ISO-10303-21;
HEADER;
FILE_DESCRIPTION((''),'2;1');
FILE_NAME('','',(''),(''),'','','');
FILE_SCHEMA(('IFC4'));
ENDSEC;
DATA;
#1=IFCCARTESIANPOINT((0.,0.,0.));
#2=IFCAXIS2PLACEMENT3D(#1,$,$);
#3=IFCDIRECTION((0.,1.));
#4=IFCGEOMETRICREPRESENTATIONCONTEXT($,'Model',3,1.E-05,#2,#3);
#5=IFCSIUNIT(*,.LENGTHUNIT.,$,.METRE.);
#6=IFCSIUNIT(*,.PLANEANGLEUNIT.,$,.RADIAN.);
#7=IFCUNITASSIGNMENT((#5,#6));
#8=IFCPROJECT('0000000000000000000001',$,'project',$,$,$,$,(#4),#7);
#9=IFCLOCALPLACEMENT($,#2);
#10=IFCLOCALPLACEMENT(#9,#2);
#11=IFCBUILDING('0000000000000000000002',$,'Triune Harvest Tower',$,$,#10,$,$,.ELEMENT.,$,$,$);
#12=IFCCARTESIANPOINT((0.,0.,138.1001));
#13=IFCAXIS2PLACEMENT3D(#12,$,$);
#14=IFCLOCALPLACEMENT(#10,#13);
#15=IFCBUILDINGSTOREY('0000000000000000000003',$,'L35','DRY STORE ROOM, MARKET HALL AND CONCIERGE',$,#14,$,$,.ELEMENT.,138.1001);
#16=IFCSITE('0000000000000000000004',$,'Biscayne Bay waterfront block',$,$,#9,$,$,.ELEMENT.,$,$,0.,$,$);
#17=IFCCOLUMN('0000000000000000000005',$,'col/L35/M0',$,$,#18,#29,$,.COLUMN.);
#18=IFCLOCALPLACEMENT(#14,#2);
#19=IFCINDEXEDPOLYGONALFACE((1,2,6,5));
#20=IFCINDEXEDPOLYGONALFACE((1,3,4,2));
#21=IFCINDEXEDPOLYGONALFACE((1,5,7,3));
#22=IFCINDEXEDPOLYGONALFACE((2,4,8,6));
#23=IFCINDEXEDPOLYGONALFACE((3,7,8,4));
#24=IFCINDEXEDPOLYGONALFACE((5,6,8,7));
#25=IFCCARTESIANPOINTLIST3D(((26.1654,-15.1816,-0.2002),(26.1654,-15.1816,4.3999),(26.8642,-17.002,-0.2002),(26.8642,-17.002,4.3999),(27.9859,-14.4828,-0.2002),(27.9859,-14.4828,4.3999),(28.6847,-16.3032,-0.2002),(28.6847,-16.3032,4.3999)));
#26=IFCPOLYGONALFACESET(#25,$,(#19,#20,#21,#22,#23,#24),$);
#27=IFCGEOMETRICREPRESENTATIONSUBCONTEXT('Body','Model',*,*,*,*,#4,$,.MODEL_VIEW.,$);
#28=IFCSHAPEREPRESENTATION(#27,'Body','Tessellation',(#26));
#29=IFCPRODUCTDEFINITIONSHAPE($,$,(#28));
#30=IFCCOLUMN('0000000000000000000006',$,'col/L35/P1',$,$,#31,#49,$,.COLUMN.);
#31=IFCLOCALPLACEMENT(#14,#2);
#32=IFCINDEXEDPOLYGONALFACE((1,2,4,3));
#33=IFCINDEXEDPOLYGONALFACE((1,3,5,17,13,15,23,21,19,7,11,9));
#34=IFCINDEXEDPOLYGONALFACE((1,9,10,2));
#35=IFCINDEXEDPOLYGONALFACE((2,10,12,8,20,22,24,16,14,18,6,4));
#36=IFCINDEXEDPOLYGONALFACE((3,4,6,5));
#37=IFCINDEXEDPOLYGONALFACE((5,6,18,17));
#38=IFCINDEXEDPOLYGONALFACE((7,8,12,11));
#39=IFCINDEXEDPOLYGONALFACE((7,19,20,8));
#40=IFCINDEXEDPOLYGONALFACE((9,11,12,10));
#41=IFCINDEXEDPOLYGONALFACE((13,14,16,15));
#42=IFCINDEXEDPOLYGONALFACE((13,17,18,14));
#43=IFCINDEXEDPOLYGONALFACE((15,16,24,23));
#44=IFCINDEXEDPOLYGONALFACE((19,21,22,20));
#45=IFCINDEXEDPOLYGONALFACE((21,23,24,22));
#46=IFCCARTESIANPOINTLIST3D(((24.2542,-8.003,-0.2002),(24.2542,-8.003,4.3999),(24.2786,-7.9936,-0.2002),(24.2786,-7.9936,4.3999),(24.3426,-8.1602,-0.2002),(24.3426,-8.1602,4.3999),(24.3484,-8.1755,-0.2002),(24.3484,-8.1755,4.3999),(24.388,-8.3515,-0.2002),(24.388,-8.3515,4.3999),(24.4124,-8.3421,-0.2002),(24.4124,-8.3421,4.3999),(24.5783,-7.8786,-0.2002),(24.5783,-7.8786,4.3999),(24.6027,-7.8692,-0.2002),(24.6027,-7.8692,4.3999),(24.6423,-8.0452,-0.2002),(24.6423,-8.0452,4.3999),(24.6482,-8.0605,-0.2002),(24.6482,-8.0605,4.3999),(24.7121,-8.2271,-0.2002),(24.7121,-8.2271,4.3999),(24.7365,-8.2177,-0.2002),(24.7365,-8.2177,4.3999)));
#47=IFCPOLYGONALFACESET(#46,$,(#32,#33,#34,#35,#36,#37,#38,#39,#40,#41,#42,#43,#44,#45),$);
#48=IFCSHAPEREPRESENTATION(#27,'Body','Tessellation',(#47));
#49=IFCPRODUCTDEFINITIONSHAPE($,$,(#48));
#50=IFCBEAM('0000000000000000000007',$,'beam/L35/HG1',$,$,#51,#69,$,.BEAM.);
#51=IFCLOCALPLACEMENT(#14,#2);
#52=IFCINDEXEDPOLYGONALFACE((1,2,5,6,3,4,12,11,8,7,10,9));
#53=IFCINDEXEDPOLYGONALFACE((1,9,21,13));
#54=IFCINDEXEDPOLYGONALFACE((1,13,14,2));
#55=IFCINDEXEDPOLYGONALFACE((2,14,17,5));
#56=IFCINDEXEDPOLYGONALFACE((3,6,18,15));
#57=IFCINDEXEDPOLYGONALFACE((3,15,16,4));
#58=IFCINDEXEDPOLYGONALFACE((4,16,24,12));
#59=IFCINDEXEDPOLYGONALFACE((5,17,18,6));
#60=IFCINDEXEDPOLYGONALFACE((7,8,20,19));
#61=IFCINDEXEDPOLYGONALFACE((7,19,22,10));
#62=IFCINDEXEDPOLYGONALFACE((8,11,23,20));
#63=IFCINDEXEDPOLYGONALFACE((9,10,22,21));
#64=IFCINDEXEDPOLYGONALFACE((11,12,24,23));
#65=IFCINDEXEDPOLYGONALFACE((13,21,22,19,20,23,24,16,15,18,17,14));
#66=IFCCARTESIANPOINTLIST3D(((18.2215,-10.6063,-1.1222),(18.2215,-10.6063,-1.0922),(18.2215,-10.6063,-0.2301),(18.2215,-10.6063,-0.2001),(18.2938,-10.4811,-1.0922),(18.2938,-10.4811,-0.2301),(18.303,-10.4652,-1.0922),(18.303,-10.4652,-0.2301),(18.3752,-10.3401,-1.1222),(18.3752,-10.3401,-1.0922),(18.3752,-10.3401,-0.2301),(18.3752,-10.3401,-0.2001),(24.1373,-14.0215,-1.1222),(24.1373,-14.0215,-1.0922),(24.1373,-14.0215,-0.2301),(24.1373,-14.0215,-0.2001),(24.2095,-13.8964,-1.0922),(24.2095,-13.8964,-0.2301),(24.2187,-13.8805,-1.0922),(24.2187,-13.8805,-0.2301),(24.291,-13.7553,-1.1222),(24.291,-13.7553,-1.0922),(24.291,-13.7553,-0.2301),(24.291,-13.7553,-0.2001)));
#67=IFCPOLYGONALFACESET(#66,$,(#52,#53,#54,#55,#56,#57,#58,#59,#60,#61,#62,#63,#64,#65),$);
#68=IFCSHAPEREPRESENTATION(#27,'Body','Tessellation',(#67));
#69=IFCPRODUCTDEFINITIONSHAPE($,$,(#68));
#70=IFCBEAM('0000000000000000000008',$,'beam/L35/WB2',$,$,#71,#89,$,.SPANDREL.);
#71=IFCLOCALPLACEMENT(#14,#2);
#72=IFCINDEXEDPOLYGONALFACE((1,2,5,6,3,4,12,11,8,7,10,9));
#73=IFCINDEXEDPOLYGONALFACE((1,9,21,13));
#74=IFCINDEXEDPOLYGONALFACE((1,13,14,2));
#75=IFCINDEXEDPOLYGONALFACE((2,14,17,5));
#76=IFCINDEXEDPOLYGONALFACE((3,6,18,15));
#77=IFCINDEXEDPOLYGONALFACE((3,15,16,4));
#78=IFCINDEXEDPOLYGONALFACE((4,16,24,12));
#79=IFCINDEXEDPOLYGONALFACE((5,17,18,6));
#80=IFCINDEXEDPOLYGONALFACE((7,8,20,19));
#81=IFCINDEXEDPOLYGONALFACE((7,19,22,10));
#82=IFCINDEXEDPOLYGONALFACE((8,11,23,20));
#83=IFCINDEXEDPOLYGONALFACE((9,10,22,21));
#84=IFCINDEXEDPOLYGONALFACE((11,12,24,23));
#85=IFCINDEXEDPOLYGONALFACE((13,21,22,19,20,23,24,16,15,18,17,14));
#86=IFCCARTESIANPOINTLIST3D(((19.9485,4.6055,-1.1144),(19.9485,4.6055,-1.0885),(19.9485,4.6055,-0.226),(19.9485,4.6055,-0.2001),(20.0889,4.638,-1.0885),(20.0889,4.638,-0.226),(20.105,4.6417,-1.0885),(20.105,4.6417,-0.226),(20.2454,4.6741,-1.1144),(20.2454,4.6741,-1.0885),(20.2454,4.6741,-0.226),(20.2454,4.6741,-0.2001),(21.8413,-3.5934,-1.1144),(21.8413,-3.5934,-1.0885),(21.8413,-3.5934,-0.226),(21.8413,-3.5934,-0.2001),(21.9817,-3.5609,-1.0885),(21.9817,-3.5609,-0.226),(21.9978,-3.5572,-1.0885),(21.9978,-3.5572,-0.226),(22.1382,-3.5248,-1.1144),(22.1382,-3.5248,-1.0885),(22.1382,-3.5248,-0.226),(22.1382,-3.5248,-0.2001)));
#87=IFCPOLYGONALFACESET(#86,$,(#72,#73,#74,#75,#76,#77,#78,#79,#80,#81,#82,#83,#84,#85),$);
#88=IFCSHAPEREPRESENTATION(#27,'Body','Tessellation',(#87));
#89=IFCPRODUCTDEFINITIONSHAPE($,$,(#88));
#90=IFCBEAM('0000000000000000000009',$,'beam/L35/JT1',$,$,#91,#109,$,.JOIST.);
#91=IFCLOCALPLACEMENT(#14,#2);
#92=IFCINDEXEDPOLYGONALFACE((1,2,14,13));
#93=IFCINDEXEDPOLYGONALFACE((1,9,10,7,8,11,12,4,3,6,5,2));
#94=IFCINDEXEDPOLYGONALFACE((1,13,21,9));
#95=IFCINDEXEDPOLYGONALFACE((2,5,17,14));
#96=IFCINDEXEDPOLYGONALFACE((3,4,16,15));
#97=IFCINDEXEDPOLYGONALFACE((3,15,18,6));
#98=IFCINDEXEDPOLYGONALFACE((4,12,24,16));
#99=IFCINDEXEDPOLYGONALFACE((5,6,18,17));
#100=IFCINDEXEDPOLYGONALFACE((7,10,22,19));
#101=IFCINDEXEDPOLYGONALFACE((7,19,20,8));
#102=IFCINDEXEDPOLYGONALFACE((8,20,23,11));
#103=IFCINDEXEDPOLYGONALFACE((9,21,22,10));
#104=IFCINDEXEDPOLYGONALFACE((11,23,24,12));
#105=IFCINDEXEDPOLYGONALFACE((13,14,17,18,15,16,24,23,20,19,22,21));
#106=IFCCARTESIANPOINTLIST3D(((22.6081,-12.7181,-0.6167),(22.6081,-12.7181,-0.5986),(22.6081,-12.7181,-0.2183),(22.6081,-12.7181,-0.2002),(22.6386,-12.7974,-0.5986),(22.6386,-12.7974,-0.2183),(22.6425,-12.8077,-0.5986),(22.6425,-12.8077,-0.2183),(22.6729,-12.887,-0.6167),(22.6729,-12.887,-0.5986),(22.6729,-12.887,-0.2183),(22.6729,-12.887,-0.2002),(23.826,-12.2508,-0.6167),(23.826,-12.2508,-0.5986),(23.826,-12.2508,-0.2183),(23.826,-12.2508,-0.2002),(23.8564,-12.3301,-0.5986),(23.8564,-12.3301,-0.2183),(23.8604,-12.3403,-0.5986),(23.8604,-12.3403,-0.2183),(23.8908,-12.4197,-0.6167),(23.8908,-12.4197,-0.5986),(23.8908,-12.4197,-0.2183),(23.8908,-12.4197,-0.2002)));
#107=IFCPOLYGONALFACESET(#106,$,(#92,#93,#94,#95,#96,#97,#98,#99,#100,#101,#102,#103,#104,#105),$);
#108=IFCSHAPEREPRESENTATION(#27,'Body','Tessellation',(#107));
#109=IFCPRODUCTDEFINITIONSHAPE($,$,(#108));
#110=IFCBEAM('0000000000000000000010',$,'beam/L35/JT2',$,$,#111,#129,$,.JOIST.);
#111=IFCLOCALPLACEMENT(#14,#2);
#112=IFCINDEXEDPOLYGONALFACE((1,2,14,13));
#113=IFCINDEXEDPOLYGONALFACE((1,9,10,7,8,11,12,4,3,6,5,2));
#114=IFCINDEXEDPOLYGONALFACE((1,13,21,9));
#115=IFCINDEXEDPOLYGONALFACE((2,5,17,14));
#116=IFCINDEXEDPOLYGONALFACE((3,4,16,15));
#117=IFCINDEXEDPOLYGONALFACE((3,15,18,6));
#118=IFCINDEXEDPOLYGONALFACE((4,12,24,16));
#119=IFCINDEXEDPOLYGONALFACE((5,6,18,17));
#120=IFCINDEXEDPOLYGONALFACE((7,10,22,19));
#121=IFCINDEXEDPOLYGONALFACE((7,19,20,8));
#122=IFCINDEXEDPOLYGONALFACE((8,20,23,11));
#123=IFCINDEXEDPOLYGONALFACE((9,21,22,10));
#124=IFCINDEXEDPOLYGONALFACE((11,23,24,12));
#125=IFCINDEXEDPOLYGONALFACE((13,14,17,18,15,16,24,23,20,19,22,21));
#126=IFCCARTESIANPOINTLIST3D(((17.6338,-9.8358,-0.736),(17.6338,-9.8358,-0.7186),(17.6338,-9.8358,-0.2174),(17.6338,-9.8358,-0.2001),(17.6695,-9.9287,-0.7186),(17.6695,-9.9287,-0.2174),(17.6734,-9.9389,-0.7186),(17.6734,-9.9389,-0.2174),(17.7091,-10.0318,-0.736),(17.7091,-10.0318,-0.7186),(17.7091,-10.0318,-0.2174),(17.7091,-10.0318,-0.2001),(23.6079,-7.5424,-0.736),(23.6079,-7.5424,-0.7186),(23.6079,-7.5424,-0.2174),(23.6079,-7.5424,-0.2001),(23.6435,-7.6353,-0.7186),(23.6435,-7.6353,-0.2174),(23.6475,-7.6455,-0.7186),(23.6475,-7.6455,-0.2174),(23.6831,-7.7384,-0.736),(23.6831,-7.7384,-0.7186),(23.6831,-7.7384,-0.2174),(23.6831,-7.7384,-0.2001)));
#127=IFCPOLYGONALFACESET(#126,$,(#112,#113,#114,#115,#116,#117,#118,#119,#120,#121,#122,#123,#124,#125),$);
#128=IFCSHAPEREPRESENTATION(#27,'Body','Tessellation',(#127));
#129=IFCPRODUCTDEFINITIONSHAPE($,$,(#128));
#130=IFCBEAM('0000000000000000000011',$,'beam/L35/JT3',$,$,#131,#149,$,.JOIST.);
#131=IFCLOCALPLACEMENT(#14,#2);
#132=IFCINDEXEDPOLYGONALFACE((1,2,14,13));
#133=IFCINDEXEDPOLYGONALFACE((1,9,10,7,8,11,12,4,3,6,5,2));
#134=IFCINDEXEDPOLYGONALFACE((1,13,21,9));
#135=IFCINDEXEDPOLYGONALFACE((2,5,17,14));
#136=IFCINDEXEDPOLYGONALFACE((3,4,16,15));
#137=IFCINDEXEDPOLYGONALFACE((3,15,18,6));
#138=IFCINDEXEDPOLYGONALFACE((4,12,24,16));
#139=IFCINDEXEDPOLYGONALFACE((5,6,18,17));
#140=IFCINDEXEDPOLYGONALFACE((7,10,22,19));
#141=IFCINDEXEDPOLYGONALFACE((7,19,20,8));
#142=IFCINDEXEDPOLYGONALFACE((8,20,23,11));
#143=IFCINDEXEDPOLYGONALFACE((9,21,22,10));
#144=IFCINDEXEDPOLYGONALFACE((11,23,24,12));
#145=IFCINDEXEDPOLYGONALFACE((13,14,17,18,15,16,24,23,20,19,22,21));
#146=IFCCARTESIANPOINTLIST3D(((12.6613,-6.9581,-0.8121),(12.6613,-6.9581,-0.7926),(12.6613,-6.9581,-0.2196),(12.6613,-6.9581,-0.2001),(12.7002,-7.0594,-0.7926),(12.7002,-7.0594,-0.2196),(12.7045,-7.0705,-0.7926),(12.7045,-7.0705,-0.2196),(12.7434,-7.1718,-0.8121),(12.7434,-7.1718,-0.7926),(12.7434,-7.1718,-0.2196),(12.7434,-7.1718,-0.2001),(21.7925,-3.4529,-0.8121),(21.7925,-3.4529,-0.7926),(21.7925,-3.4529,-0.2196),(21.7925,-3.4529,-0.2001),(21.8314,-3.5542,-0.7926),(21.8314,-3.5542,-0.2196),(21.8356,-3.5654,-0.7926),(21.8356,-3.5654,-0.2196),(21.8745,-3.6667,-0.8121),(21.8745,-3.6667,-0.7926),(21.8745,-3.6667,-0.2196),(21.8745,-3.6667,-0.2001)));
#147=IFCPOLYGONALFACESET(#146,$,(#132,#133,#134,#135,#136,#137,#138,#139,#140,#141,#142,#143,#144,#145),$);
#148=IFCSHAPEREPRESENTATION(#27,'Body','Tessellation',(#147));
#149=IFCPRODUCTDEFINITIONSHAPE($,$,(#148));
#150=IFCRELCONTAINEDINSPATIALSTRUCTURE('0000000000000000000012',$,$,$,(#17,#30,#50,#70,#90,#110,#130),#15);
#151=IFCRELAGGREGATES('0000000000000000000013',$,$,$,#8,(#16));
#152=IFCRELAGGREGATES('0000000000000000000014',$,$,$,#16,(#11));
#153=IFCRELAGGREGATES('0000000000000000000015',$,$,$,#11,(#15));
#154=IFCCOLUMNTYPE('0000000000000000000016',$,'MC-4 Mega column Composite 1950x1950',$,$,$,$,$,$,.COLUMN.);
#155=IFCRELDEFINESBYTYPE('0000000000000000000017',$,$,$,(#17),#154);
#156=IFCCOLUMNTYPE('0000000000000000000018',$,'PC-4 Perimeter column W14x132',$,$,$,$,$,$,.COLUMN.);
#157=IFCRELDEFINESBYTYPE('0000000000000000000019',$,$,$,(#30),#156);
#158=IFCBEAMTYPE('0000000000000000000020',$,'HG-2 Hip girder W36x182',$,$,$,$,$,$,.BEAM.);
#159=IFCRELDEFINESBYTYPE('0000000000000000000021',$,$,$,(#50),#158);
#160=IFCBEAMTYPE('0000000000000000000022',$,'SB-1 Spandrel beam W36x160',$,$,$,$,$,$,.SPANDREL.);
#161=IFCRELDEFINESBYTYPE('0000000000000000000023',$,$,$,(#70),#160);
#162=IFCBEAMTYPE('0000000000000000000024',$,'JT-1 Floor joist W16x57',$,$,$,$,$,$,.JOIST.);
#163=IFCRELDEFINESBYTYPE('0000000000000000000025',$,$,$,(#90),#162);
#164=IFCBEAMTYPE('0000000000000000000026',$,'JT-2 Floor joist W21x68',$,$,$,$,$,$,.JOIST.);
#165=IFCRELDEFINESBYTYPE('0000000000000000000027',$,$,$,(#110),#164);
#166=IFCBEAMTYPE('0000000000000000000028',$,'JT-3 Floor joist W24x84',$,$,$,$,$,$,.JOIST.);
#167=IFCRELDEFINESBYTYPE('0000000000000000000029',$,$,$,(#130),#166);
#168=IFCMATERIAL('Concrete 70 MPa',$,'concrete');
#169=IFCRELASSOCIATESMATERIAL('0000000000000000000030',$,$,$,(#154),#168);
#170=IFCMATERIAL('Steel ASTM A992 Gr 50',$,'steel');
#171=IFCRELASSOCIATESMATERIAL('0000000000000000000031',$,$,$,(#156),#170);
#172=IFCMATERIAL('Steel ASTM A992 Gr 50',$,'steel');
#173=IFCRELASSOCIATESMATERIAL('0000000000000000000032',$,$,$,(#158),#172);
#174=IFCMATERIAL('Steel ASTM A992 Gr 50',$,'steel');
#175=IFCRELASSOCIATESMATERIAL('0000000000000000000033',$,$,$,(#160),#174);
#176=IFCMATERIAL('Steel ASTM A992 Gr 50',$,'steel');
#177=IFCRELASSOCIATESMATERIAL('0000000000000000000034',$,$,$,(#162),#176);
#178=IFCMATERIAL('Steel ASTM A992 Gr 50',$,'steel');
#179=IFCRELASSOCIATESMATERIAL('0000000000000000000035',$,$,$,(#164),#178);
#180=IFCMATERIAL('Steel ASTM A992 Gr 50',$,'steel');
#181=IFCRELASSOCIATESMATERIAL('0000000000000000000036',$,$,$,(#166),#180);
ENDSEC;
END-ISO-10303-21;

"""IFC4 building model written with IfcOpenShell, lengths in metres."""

from ifc_helpers import new_model, si_unit, direction, frame, origin, origin_2d, place, context, subcontext, project, spatial, rectangle, i_section, extrude, source, transform, mapped, material, material_profile, profile_set, type_object, element, save


model = new_model("IFC4")

# Units and contexts
model_context = context("Model", 3, precision=1e-05, world=origin(), true_north=direction((0.0, 1.0)))
body_context = subcontext(model_context, "Body", "Model", "MODEL_VIEW")
ifc_project = project(units=[si_unit("LENGTHUNIT", "METRE"), si_unit("PLANEANGLEUNIT", "RADIAN")], contexts=[model_context])

# Site, building, storey
site_placement = place(None, origin())
site = spatial("IfcSite", under=ifc_project, at=site_placement, Name="Biscayne Bay waterfront block", CompositionType="ELEMENT", RefElevation=0.0)
building_placement = place(site_placement, origin())
building = spatial("IfcBuilding", under=site, at=building_placement, Name="Triune Harvest Tower", CompositionType="ELEMENT")
storey_placement = place(building_placement, frame((0.0, 0.0, 138.1001)))
storey = spatial("IfcBuildingStorey", under=building, at=storey_placement, Name="L35", Description="DRY STORE ROOM, MARKET HALL AND CONCIERGE", CompositionType="ELEMENT", Elevation=138.1001)

# Columns
ifc_material_1 = material(Name="Concrete 70 MPa", Category="concrete")
ifc_material_profile_1 = material_profile(ifc_material_1, rectangle(XDim=1.95, YDim=1.95, at=origin_2d()), Name="Composite 1950x1950")
ifc_profile_set_1 = profile_set([ifc_material_profile_1], Name="Concrete 70 MPa")
column_type_1 = type_object("IfcColumnType", Name="MC-4 Mega column Composite 1950x1950", PredefinedType="COLUMN", material=ifc_profile_set_1)
shared_shape_1 = source(origin(), body_context, "Body", "SweptSolid", [
    extrude(rectangle(XDim=1.95, YDim=1.95, at=origin_2d()), origin(), (0.0, 0.0, 1.0), 4.6001),
])
column_1_placement = place(storey_placement, frame((27.425, -15.7424, -0.2002), z_axis=(0.0, 0.0, 1.0), x_axis=(-0.358368, 0.93358, 0.0)))
element("IfcColumn", 1, at=column_1_placement, inside=storey, type_object=column_type_1, Name="col/L35/M0", PredefinedType="COLUMN", context=body_context, shape_type="MappedRepresentation", body=[
    mapped(shared_shape_1, transform((0.0, 0.0, 0.0), scale=1.0)),
])
ifc_material_2 = material(Name="Steel ASTM A992 Gr 50", Category="steel")
ifc_material_profile_2 = material_profile(ifc_material_2, i_section(OverallWidth=0.3733, OverallDepth=0.3733, WebThickness=0.0164, FlangeThickness=0.0261, at=origin_2d()), Name="W14x132")
ifc_profile_set_2 = profile_set([ifc_material_profile_2], Name="Steel ASTM A992 Gr 50")
column_type_2 = type_object("IfcColumnType", Name="PC-4 Perimeter column W14x132", PredefinedType="COLUMN", material=ifc_profile_set_2)
shared_shape_2 = source(origin(), body_context, "Body", "SweptSolid", [
    extrude(i_section(OverallWidth=0.3733, OverallDepth=0.3733, WebThickness=0.0164, FlangeThickness=0.0261, at=origin_2d()), origin(), (0.0, 0.0, 1.0), 4.6001),
])
column_2_placement = place(storey_placement, frame((24.4954, -8.1104, -0.2002), z_axis=(0.0, 0.0, 1.0), x_axis=(-0.358368, 0.93358, 0.0)))
element("IfcColumn", 2, at=column_2_placement, inside=storey, type_object=column_type_2, Name="col/L35/P1", PredefinedType="COLUMN", context=body_context, shape_type="MappedRepresentation", body=[
    mapped(shared_shape_2, transform((0.0, 0.0, 0.0), scale=1.0)),
])

# Beams
ifc_material_3 = material(Name="Steel ASTM A992 Gr 50", Category="steel")
ifc_material_profile_3 = material_profile(ifc_material_3, i_section(OverallWidth=0.3074, OverallDepth=0.9221, WebThickness=0.0183, FlangeThickness=0.03, at=origin_2d()), Name="W36x182")
ifc_profile_set_3 = profile_set([ifc_material_profile_3], Name="Steel ASTM A992 Gr 50")
beam_type_1 = type_object("IfcBeamType", Name="HG-2 Hip girder W36x182", PredefinedType="BEAM", material=ifc_profile_set_3)
beam_1_placement = place(storey_placement, frame((24.2141, -13.8884, -0.6611), z_axis=(-0.866037, 0.499979, 0.0), x_axis=(-0.499979, -0.866037, 0.0)))
element("IfcBeam", 3, at=beam_1_placement, inside=storey, type_object=beam_type_1, Name="beam/L35/HG1", PredefinedType="BEAM", context=body_context, shape_type="SweptSolid", body=[
    extrude(i_section(OverallWidth=0.3074, OverallDepth=0.9221, WebThickness=0.0183, FlangeThickness=0.03, at=origin_2d()), origin(), (0.0, 0.0, 1.0), 6.8308),
])
ifc_material_4 = material(Name="Steel ASTM A992 Gr 50", Category="steel")
ifc_material_profile_4 = material_profile(ifc_material_4, i_section(OverallWidth=0.3047, OverallDepth=0.9143, WebThickness=0.0166, FlangeThickness=0.0259, at=origin_2d()), Name="W36x160")
ifc_profile_set_4 = profile_set([ifc_material_profile_4], Name="Steel ASTM A992 Gr 50")
beam_type_2 = type_object("IfcBeamType", Name="SB-1 Spandrel beam W36x160", PredefinedType="SPANDREL", material=ifc_profile_set_4)
shared_shape_3 = source(origin(), body_context, "Body", "SweptSolid", [
    extrude(i_section(OverallWidth=0.3047, OverallDepth=0.9143, WebThickness=0.0166, FlangeThickness=0.0259, at=origin_2d()), origin(), (0.0, 0.0, 1.0), 8.4146),
])
beam_2_placement = place(storey_placement, frame((21.9897, -3.5591, -0.6572), z_axis=(-0.224944, 0.974372, 0.0), x_axis=(-0.974372, -0.224944, 0.0)))
element("IfcBeam", 4, at=beam_2_placement, inside=storey, type_object=beam_type_2, Name="beam/L35/WB2", PredefinedType="SPANDREL", context=body_context, shape_type="MappedRepresentation", body=[
    mapped(shared_shape_3, transform((0.0, 0.0, 0.0), scale=1.0)),
])
ifc_material_5 = material(Name="Steel ASTM A992 Gr 50", Category="steel")
ifc_material_profile_5 = material_profile(ifc_material_5, i_section(OverallWidth=0.1809, OverallDepth=0.4165, WebThickness=0.011, FlangeThickness=0.0181, at=origin_2d()), Name="W16x57")
ifc_profile_set_5 = profile_set([ifc_material_profile_5], Name="Steel ASTM A992 Gr 50")
beam_type_3 = type_object("IfcBeamType", Name="JT-1 Floor joist W16x57", PredefinedType="JOIST", material=ifc_profile_set_5)
shared_shape_4 = source(origin(), body_context, "Body", "SweptSolid", [
    extrude(i_section(OverallWidth=0.1809, OverallDepth=0.4165, WebThickness=0.011, FlangeThickness=0.0181, at=origin_2d()), origin(), (0.0, 0.0, 1.0), 1.3044),
])
beam_3_placement = place(storey_placement, frame((23.8584, -12.3352, -0.4084), z_axis=(-0.933625, -0.358251, 0.0), x_axis=(0.358251, -0.933625, 0.0)))
element("IfcBeam", 5, at=beam_3_placement, inside=storey, type_object=beam_type_3, Name="beam/L35/JT1", PredefinedType="JOIST", context=body_context, shape_type="MappedRepresentation", body=[
    mapped(shared_shape_4, transform((0.0, 0.0, 0.0), scale=1.0)),
])
ifc_material_6 = material(Name="Steel ASTM A992 Gr 50", Category="steel")
ifc_material_profile_6 = material_profile(ifc_material_6, i_section(OverallWidth=0.21, OverallDepth=0.5359, WebThickness=0.011, FlangeThickness=0.0173, at=origin_2d()), Name="W21x68")
ifc_profile_set_6 = profile_set([ifc_material_profile_6], Name="Steel ASTM A992 Gr 50")
beam_type_4 = type_object("IfcBeamType", Name="JT-2 Floor joist W21x68", PredefinedType="JOIST", material=ifc_profile_set_6)
shared_shape_5 = source(origin(), body_context, "Body", "SweptSolid", [
    extrude(i_section(OverallWidth=0.21, OverallDepth=0.5359, WebThickness=0.011, FlangeThickness=0.0173, at=origin_2d()), origin(), (0.0, 0.0, 1.0), 6.3992),
])
beam_4_placement = place(storey_placement, frame((23.6455, -7.6404, -0.468), z_axis=(-0.93357, -0.358396, 0.0), x_axis=(0.358396, -0.93357, 0.0)))
element("IfcBeam", 6, at=beam_4_placement, inside=storey, type_object=beam_type_4, Name="beam/L35/JT2", PredefinedType="JOIST", context=body_context, shape_type="MappedRepresentation", body=[
    mapped(shared_shape_5, transform((0.0, 0.0, 0.0), scale=1.0)),
])
ifc_material_7 = material(Name="Steel ASTM A992 Gr 50", Category="steel")
ifc_material_profile_7 = material_profile(ifc_material_7, i_section(OverallWidth=0.229, OverallDepth=0.6121, WebThickness=0.012, FlangeThickness=0.0195, at=origin_2d()), Name="W24x84")
ifc_profile_set_7 = profile_set([ifc_material_profile_7], Name="Steel ASTM A992 Gr 50")
beam_type_5 = type_object("IfcBeamType", Name="JT-3 Floor joist W24x84", PredefinedType="JOIST", material=ifc_profile_set_7)
shared_shape_6 = source(origin(), body_context, "Body", "SweptSolid", [
    extrude(i_section(OverallWidth=0.229, OverallDepth=0.6121, WebThickness=0.012, FlangeThickness=0.0195, at=origin_2d()), origin(), (0.0, 0.0, 1.0), 9.7808),
])
beam_5_placement = place(storey_placement, frame((21.8335, -3.5598, -0.5061), z_axis=(-0.93358, -0.35837, 0.0), x_axis=(0.35837, -0.93358, 0.0)))
element("IfcBeam", 7, at=beam_5_placement, inside=storey, type_object=beam_type_5, Name="beam/L35/JT3", PredefinedType="JOIST", context=body_context, shape_type="MappedRepresentation", body=[
    mapped(shared_shape_6, transform((0.0, 0.0, 0.0), scale=1.0)),
])

save(model, "model.ifc")
